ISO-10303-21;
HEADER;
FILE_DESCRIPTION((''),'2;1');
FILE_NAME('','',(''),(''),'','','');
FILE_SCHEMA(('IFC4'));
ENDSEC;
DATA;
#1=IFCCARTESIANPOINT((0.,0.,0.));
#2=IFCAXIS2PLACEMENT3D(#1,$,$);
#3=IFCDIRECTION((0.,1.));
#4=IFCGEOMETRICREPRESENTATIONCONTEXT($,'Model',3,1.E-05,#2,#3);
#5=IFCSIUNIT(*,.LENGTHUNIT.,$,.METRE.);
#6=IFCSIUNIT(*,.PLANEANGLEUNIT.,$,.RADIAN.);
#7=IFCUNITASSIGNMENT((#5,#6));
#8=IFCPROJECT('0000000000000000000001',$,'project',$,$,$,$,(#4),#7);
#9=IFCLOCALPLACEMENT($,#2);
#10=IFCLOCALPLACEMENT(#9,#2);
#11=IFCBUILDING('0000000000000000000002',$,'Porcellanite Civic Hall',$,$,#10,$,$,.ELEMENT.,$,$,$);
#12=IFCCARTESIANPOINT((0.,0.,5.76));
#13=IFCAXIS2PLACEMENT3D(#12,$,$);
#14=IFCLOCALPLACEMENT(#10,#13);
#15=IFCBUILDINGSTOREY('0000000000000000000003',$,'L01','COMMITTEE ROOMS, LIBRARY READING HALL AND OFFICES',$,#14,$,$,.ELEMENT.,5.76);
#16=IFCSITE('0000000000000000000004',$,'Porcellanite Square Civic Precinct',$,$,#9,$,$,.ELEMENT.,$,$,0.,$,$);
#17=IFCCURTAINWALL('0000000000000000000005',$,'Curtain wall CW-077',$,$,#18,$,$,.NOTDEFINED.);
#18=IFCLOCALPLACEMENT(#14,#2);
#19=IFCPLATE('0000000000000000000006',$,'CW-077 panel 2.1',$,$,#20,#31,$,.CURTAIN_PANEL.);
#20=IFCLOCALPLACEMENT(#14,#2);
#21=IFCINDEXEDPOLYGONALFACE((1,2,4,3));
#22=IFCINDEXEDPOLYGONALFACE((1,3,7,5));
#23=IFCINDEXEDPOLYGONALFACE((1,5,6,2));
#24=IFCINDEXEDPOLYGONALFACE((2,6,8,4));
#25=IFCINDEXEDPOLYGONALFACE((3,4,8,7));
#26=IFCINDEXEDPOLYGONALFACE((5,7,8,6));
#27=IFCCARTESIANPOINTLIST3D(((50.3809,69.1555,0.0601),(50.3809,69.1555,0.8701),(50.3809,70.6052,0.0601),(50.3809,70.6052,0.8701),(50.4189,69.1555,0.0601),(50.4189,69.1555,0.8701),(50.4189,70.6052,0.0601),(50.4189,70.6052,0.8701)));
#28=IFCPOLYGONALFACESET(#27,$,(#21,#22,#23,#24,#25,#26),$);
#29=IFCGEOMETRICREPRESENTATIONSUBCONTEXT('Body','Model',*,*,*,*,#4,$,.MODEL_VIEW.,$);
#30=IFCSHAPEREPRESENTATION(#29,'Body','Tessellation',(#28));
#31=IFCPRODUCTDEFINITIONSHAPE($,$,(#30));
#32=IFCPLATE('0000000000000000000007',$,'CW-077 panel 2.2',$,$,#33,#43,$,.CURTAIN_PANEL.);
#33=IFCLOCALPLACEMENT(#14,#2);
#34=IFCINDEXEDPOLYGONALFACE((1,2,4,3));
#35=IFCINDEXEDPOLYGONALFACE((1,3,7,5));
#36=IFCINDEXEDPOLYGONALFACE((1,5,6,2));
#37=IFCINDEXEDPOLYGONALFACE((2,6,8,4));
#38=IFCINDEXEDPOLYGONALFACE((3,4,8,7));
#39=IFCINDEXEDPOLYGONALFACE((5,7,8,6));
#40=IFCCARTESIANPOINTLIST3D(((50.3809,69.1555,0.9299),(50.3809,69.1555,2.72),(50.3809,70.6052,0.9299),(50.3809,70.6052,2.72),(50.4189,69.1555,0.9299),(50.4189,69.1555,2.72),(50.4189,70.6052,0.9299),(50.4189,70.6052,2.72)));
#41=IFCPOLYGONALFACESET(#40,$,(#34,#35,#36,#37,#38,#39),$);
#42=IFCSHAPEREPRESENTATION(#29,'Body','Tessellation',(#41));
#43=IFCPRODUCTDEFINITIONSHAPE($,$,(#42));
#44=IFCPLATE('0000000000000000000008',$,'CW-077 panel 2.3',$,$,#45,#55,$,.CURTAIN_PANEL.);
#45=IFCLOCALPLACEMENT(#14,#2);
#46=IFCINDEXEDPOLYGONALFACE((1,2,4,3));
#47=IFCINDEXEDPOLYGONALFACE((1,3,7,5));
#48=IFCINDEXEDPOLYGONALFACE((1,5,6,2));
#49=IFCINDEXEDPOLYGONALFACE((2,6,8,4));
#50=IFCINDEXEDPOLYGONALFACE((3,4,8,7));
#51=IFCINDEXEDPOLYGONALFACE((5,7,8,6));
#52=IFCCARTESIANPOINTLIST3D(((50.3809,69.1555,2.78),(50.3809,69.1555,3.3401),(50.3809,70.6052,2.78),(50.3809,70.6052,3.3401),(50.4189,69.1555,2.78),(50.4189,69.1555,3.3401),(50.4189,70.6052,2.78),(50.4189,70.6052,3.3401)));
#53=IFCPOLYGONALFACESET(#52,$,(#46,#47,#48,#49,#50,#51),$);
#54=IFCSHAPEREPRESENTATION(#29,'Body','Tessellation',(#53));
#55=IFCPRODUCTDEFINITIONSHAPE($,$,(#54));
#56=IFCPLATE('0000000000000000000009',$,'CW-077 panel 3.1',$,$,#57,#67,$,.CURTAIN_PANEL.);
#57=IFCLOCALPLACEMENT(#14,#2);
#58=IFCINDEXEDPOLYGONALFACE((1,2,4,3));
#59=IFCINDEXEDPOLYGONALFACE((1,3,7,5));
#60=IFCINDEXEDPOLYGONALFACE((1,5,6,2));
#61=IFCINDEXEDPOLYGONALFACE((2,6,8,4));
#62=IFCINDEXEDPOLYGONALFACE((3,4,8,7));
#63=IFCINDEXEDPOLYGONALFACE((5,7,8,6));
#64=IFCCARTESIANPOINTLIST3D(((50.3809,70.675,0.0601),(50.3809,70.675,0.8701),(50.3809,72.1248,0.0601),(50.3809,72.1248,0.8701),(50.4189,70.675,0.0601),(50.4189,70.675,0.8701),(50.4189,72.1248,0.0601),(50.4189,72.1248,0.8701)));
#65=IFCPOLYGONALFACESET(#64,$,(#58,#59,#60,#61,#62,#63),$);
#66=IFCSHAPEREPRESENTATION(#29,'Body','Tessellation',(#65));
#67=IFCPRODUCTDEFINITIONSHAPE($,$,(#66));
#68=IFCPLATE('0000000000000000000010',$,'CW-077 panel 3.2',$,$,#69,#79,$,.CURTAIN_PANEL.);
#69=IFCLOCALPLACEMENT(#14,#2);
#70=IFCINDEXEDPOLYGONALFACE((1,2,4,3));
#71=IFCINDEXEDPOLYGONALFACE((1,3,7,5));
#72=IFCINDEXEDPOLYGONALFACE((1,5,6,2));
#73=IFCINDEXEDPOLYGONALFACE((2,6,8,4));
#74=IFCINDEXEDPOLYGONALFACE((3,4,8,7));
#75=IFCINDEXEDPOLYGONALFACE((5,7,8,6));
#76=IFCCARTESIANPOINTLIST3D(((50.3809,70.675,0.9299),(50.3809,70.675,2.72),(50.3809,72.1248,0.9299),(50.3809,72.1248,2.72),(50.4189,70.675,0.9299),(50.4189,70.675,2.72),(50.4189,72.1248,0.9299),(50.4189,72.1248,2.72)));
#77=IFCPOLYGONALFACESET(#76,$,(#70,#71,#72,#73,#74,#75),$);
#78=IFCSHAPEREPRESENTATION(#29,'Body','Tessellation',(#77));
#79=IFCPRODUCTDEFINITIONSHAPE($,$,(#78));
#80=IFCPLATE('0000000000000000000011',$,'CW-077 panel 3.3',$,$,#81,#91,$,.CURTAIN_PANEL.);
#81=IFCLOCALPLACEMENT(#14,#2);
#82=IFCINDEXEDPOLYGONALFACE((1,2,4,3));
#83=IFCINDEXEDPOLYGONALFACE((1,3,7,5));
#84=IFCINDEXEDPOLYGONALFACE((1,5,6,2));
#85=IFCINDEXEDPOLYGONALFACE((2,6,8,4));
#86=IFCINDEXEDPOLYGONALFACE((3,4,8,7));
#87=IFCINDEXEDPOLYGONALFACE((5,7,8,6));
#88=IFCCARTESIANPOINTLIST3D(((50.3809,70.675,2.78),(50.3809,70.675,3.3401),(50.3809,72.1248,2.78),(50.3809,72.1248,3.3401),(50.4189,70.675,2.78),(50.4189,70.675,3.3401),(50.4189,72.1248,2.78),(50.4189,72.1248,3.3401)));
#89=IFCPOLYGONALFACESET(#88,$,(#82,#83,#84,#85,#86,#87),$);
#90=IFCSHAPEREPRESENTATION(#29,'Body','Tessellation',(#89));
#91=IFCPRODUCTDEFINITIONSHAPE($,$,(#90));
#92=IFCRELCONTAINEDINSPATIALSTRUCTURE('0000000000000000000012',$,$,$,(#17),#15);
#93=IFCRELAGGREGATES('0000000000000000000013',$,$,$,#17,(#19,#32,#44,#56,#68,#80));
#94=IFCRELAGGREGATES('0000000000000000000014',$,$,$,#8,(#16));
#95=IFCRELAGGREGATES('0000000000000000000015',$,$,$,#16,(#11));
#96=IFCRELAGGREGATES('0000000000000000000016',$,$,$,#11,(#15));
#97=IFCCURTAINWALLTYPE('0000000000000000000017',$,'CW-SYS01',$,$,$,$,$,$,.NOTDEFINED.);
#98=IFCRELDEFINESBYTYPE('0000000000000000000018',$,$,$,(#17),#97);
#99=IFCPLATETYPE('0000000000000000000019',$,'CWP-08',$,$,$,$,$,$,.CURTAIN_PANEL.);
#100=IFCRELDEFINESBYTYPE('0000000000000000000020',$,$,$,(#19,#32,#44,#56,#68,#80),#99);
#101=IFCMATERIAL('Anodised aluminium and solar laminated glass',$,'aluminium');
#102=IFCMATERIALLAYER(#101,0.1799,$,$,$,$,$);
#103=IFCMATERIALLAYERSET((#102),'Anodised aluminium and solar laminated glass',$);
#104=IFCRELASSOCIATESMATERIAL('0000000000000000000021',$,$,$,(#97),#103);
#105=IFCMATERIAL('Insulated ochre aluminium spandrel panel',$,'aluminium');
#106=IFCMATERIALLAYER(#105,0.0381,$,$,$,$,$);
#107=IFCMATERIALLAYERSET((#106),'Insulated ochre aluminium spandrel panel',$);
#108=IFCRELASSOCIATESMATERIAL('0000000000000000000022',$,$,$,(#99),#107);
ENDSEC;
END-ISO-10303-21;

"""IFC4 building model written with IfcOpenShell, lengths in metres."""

from ifc_helpers import new_model, si_unit, direction, frame, origin, origin_2d, place, context, subcontext, project, spatial, rectangle, extrude, material, layer, layer_set, type_object, element, aggregate, save


model = new_model("IFC4")

# Units and contexts
model_context = context("Model", 3, precision=1e-05, world=origin(), true_north=direction((0.0, 1.0)))
body_context = subcontext(model_context, "Body", "Model", "MODEL_VIEW")
ifc_project = project(units=[si_unit("LENGTHUNIT", "METRE"), si_unit("PLANEANGLEUNIT", "RADIAN")], contexts=[model_context])

# Site, building, storey
site_placement = place(None, origin())
site = spatial("IfcSite", under=ifc_project, at=site_placement, Name="Porcellanite Square Civic Precinct", CompositionType="ELEMENT", RefElevation=0.0)
building_placement = place(site_placement, origin())
building = spatial("IfcBuilding", under=site, at=building_placement, Name="Porcellanite Civic Hall", CompositionType="ELEMENT")
storey_placement = place(building_placement, frame((0.0, 0.0, 5.76)))
storey = spatial("IfcBuildingStorey", under=building, at=storey_placement, Name="L01", Description="COMMITTEE ROOMS, LIBRARY READING HALL AND OFFICES", CompositionType="ELEMENT", Elevation=5.76)

# Curtain wall
ifc_material_1 = material(Name="Anodised aluminium and solar laminated glass", Category="aluminium")
ifc_layer_1 = layer(ifc_material_1, 0.1799)
ifc_layer_set_1 = layer_set([ifc_layer_1], Name="Anodised aluminium and solar laminated glass")
curtain_wall_type = type_object("IfcCurtainWallType", Name="CW-SYS01", PredefinedType="NOTDEFINED", material=ifc_layer_set_1)
curtain_wall_placement = place(storey_placement, origin())
curtain_wall = element("IfcCurtainWall", 1, at=curtain_wall_placement, inside=storey, type_object=curtain_wall_type, Name="Curtain wall CW-077", PredefinedType="NOTDEFINED")

# Plates
ifc_material_2 = material(Name="Insulated ochre aluminium spandrel panel", Category="aluminium")
ifc_layer_2 = layer(ifc_material_2, 0.0381)
ifc_layer_set_2 = layer_set([ifc_layer_2], Name="Insulated ochre aluminium spandrel panel")
plate_type = type_object("IfcPlateType", Name="CWP-08", PredefinedType="CURTAIN_PANEL", material=ifc_layer_set_2)
plate_1_placement = place(storey_placement, frame((50.3999, 69.8804, 0.0601), z_axis=(0.0, 0.0, 1.0), x_axis=(0.0, 1.0, 0.0)))
plate_1 = element("IfcPlate", 2, at=plate_1_placement, type_object=plate_type, Name="CW-077 panel 2.1", PredefinedType="CURTAIN_PANEL", context=body_context, shape_type="SweptSolid", body=[
    extrude(rectangle(XDim=1.4497, YDim=0.0381, at=origin_2d()), origin(), (0.0, 0.0, 1.0), 0.8101),
])
plate_2_placement = place(storey_placement, frame((50.3999, 69.8804, 0.9299), z_axis=(0.0, 0.0, 1.0), x_axis=(0.0, 1.0, 0.0)))
plate_2 = element("IfcPlate", 3, at=plate_2_placement, type_object=plate_type, Name="CW-077 panel 2.2", PredefinedType="CURTAIN_PANEL", context=body_context, shape_type="SweptSolid", body=[
    extrude(rectangle(XDim=1.4497, YDim=0.0381, at=origin_2d()), origin(), (0.0, 0.0, 1.0), 1.79),
])
plate_3_placement = place(storey_placement, frame((50.3999, 69.8804, 2.78), z_axis=(0.0, 0.0, 1.0), x_axis=(0.0, 1.0, 0.0)))
plate_3 = element("IfcPlate", 4, at=plate_3_placement, type_object=plate_type, Name="CW-077 panel 2.3", PredefinedType="CURTAIN_PANEL", context=body_context, shape_type="SweptSolid", body=[
    extrude(rectangle(XDim=1.4497, YDim=0.0381, at=origin_2d()), origin(), (0.0, 0.0, 1.0), 0.5601),
])
plate_4_placement = place(storey_placement, frame((50.3999, 71.3999, 0.0601), z_axis=(0.0, 0.0, 1.0), x_axis=(0.0, 1.0, 0.0)))
plate_4 = element("IfcPlate", 5, at=plate_4_placement, type_object=plate_type, Name="CW-077 panel 3.1", PredefinedType="CURTAIN_PANEL", context=body_context, shape_type="SweptSolid", body=[
    extrude(rectangle(XDim=1.4497, YDim=0.0381, at=origin_2d()), origin(), (0.0, 0.0, 1.0), 0.8101),
])
plate_5_placement = place(storey_placement, frame((50.3999, 71.3999, 0.9299), z_axis=(0.0, 0.0, 1.0), x_axis=(0.0, 1.0, 0.0)))
plate_5 = element("IfcPlate", 6, at=plate_5_placement, type_object=plate_type, Name="CW-077 panel 3.2", PredefinedType="CURTAIN_PANEL", context=body_context, shape_type="SweptSolid", body=[
    extrude(rectangle(XDim=1.4497, YDim=0.0381, at=origin_2d()), origin(), (0.0, 0.0, 1.0), 1.79),
])
plate_6_placement = place(storey_placement, frame((50.3999, 71.3999, 2.78), z_axis=(0.0, 0.0, 1.0), x_axis=(0.0, 1.0, 0.0)))
plate_6 = element("IfcPlate", 7, at=plate_6_placement, type_object=plate_type, Name="CW-077 panel 3.3", PredefinedType="CURTAIN_PANEL", context=body_context, shape_type="SweptSolid", body=[
    extrude(rectangle(XDim=1.4497, YDim=0.0381, at=origin_2d()), origin(), (0.0, 0.0, 1.0), 0.5601),
])
aggregate(curtain_wall, [plate_1, plate_2, plate_3, plate_4, plate_5, plate_6])

save(model, "model.ifc")
